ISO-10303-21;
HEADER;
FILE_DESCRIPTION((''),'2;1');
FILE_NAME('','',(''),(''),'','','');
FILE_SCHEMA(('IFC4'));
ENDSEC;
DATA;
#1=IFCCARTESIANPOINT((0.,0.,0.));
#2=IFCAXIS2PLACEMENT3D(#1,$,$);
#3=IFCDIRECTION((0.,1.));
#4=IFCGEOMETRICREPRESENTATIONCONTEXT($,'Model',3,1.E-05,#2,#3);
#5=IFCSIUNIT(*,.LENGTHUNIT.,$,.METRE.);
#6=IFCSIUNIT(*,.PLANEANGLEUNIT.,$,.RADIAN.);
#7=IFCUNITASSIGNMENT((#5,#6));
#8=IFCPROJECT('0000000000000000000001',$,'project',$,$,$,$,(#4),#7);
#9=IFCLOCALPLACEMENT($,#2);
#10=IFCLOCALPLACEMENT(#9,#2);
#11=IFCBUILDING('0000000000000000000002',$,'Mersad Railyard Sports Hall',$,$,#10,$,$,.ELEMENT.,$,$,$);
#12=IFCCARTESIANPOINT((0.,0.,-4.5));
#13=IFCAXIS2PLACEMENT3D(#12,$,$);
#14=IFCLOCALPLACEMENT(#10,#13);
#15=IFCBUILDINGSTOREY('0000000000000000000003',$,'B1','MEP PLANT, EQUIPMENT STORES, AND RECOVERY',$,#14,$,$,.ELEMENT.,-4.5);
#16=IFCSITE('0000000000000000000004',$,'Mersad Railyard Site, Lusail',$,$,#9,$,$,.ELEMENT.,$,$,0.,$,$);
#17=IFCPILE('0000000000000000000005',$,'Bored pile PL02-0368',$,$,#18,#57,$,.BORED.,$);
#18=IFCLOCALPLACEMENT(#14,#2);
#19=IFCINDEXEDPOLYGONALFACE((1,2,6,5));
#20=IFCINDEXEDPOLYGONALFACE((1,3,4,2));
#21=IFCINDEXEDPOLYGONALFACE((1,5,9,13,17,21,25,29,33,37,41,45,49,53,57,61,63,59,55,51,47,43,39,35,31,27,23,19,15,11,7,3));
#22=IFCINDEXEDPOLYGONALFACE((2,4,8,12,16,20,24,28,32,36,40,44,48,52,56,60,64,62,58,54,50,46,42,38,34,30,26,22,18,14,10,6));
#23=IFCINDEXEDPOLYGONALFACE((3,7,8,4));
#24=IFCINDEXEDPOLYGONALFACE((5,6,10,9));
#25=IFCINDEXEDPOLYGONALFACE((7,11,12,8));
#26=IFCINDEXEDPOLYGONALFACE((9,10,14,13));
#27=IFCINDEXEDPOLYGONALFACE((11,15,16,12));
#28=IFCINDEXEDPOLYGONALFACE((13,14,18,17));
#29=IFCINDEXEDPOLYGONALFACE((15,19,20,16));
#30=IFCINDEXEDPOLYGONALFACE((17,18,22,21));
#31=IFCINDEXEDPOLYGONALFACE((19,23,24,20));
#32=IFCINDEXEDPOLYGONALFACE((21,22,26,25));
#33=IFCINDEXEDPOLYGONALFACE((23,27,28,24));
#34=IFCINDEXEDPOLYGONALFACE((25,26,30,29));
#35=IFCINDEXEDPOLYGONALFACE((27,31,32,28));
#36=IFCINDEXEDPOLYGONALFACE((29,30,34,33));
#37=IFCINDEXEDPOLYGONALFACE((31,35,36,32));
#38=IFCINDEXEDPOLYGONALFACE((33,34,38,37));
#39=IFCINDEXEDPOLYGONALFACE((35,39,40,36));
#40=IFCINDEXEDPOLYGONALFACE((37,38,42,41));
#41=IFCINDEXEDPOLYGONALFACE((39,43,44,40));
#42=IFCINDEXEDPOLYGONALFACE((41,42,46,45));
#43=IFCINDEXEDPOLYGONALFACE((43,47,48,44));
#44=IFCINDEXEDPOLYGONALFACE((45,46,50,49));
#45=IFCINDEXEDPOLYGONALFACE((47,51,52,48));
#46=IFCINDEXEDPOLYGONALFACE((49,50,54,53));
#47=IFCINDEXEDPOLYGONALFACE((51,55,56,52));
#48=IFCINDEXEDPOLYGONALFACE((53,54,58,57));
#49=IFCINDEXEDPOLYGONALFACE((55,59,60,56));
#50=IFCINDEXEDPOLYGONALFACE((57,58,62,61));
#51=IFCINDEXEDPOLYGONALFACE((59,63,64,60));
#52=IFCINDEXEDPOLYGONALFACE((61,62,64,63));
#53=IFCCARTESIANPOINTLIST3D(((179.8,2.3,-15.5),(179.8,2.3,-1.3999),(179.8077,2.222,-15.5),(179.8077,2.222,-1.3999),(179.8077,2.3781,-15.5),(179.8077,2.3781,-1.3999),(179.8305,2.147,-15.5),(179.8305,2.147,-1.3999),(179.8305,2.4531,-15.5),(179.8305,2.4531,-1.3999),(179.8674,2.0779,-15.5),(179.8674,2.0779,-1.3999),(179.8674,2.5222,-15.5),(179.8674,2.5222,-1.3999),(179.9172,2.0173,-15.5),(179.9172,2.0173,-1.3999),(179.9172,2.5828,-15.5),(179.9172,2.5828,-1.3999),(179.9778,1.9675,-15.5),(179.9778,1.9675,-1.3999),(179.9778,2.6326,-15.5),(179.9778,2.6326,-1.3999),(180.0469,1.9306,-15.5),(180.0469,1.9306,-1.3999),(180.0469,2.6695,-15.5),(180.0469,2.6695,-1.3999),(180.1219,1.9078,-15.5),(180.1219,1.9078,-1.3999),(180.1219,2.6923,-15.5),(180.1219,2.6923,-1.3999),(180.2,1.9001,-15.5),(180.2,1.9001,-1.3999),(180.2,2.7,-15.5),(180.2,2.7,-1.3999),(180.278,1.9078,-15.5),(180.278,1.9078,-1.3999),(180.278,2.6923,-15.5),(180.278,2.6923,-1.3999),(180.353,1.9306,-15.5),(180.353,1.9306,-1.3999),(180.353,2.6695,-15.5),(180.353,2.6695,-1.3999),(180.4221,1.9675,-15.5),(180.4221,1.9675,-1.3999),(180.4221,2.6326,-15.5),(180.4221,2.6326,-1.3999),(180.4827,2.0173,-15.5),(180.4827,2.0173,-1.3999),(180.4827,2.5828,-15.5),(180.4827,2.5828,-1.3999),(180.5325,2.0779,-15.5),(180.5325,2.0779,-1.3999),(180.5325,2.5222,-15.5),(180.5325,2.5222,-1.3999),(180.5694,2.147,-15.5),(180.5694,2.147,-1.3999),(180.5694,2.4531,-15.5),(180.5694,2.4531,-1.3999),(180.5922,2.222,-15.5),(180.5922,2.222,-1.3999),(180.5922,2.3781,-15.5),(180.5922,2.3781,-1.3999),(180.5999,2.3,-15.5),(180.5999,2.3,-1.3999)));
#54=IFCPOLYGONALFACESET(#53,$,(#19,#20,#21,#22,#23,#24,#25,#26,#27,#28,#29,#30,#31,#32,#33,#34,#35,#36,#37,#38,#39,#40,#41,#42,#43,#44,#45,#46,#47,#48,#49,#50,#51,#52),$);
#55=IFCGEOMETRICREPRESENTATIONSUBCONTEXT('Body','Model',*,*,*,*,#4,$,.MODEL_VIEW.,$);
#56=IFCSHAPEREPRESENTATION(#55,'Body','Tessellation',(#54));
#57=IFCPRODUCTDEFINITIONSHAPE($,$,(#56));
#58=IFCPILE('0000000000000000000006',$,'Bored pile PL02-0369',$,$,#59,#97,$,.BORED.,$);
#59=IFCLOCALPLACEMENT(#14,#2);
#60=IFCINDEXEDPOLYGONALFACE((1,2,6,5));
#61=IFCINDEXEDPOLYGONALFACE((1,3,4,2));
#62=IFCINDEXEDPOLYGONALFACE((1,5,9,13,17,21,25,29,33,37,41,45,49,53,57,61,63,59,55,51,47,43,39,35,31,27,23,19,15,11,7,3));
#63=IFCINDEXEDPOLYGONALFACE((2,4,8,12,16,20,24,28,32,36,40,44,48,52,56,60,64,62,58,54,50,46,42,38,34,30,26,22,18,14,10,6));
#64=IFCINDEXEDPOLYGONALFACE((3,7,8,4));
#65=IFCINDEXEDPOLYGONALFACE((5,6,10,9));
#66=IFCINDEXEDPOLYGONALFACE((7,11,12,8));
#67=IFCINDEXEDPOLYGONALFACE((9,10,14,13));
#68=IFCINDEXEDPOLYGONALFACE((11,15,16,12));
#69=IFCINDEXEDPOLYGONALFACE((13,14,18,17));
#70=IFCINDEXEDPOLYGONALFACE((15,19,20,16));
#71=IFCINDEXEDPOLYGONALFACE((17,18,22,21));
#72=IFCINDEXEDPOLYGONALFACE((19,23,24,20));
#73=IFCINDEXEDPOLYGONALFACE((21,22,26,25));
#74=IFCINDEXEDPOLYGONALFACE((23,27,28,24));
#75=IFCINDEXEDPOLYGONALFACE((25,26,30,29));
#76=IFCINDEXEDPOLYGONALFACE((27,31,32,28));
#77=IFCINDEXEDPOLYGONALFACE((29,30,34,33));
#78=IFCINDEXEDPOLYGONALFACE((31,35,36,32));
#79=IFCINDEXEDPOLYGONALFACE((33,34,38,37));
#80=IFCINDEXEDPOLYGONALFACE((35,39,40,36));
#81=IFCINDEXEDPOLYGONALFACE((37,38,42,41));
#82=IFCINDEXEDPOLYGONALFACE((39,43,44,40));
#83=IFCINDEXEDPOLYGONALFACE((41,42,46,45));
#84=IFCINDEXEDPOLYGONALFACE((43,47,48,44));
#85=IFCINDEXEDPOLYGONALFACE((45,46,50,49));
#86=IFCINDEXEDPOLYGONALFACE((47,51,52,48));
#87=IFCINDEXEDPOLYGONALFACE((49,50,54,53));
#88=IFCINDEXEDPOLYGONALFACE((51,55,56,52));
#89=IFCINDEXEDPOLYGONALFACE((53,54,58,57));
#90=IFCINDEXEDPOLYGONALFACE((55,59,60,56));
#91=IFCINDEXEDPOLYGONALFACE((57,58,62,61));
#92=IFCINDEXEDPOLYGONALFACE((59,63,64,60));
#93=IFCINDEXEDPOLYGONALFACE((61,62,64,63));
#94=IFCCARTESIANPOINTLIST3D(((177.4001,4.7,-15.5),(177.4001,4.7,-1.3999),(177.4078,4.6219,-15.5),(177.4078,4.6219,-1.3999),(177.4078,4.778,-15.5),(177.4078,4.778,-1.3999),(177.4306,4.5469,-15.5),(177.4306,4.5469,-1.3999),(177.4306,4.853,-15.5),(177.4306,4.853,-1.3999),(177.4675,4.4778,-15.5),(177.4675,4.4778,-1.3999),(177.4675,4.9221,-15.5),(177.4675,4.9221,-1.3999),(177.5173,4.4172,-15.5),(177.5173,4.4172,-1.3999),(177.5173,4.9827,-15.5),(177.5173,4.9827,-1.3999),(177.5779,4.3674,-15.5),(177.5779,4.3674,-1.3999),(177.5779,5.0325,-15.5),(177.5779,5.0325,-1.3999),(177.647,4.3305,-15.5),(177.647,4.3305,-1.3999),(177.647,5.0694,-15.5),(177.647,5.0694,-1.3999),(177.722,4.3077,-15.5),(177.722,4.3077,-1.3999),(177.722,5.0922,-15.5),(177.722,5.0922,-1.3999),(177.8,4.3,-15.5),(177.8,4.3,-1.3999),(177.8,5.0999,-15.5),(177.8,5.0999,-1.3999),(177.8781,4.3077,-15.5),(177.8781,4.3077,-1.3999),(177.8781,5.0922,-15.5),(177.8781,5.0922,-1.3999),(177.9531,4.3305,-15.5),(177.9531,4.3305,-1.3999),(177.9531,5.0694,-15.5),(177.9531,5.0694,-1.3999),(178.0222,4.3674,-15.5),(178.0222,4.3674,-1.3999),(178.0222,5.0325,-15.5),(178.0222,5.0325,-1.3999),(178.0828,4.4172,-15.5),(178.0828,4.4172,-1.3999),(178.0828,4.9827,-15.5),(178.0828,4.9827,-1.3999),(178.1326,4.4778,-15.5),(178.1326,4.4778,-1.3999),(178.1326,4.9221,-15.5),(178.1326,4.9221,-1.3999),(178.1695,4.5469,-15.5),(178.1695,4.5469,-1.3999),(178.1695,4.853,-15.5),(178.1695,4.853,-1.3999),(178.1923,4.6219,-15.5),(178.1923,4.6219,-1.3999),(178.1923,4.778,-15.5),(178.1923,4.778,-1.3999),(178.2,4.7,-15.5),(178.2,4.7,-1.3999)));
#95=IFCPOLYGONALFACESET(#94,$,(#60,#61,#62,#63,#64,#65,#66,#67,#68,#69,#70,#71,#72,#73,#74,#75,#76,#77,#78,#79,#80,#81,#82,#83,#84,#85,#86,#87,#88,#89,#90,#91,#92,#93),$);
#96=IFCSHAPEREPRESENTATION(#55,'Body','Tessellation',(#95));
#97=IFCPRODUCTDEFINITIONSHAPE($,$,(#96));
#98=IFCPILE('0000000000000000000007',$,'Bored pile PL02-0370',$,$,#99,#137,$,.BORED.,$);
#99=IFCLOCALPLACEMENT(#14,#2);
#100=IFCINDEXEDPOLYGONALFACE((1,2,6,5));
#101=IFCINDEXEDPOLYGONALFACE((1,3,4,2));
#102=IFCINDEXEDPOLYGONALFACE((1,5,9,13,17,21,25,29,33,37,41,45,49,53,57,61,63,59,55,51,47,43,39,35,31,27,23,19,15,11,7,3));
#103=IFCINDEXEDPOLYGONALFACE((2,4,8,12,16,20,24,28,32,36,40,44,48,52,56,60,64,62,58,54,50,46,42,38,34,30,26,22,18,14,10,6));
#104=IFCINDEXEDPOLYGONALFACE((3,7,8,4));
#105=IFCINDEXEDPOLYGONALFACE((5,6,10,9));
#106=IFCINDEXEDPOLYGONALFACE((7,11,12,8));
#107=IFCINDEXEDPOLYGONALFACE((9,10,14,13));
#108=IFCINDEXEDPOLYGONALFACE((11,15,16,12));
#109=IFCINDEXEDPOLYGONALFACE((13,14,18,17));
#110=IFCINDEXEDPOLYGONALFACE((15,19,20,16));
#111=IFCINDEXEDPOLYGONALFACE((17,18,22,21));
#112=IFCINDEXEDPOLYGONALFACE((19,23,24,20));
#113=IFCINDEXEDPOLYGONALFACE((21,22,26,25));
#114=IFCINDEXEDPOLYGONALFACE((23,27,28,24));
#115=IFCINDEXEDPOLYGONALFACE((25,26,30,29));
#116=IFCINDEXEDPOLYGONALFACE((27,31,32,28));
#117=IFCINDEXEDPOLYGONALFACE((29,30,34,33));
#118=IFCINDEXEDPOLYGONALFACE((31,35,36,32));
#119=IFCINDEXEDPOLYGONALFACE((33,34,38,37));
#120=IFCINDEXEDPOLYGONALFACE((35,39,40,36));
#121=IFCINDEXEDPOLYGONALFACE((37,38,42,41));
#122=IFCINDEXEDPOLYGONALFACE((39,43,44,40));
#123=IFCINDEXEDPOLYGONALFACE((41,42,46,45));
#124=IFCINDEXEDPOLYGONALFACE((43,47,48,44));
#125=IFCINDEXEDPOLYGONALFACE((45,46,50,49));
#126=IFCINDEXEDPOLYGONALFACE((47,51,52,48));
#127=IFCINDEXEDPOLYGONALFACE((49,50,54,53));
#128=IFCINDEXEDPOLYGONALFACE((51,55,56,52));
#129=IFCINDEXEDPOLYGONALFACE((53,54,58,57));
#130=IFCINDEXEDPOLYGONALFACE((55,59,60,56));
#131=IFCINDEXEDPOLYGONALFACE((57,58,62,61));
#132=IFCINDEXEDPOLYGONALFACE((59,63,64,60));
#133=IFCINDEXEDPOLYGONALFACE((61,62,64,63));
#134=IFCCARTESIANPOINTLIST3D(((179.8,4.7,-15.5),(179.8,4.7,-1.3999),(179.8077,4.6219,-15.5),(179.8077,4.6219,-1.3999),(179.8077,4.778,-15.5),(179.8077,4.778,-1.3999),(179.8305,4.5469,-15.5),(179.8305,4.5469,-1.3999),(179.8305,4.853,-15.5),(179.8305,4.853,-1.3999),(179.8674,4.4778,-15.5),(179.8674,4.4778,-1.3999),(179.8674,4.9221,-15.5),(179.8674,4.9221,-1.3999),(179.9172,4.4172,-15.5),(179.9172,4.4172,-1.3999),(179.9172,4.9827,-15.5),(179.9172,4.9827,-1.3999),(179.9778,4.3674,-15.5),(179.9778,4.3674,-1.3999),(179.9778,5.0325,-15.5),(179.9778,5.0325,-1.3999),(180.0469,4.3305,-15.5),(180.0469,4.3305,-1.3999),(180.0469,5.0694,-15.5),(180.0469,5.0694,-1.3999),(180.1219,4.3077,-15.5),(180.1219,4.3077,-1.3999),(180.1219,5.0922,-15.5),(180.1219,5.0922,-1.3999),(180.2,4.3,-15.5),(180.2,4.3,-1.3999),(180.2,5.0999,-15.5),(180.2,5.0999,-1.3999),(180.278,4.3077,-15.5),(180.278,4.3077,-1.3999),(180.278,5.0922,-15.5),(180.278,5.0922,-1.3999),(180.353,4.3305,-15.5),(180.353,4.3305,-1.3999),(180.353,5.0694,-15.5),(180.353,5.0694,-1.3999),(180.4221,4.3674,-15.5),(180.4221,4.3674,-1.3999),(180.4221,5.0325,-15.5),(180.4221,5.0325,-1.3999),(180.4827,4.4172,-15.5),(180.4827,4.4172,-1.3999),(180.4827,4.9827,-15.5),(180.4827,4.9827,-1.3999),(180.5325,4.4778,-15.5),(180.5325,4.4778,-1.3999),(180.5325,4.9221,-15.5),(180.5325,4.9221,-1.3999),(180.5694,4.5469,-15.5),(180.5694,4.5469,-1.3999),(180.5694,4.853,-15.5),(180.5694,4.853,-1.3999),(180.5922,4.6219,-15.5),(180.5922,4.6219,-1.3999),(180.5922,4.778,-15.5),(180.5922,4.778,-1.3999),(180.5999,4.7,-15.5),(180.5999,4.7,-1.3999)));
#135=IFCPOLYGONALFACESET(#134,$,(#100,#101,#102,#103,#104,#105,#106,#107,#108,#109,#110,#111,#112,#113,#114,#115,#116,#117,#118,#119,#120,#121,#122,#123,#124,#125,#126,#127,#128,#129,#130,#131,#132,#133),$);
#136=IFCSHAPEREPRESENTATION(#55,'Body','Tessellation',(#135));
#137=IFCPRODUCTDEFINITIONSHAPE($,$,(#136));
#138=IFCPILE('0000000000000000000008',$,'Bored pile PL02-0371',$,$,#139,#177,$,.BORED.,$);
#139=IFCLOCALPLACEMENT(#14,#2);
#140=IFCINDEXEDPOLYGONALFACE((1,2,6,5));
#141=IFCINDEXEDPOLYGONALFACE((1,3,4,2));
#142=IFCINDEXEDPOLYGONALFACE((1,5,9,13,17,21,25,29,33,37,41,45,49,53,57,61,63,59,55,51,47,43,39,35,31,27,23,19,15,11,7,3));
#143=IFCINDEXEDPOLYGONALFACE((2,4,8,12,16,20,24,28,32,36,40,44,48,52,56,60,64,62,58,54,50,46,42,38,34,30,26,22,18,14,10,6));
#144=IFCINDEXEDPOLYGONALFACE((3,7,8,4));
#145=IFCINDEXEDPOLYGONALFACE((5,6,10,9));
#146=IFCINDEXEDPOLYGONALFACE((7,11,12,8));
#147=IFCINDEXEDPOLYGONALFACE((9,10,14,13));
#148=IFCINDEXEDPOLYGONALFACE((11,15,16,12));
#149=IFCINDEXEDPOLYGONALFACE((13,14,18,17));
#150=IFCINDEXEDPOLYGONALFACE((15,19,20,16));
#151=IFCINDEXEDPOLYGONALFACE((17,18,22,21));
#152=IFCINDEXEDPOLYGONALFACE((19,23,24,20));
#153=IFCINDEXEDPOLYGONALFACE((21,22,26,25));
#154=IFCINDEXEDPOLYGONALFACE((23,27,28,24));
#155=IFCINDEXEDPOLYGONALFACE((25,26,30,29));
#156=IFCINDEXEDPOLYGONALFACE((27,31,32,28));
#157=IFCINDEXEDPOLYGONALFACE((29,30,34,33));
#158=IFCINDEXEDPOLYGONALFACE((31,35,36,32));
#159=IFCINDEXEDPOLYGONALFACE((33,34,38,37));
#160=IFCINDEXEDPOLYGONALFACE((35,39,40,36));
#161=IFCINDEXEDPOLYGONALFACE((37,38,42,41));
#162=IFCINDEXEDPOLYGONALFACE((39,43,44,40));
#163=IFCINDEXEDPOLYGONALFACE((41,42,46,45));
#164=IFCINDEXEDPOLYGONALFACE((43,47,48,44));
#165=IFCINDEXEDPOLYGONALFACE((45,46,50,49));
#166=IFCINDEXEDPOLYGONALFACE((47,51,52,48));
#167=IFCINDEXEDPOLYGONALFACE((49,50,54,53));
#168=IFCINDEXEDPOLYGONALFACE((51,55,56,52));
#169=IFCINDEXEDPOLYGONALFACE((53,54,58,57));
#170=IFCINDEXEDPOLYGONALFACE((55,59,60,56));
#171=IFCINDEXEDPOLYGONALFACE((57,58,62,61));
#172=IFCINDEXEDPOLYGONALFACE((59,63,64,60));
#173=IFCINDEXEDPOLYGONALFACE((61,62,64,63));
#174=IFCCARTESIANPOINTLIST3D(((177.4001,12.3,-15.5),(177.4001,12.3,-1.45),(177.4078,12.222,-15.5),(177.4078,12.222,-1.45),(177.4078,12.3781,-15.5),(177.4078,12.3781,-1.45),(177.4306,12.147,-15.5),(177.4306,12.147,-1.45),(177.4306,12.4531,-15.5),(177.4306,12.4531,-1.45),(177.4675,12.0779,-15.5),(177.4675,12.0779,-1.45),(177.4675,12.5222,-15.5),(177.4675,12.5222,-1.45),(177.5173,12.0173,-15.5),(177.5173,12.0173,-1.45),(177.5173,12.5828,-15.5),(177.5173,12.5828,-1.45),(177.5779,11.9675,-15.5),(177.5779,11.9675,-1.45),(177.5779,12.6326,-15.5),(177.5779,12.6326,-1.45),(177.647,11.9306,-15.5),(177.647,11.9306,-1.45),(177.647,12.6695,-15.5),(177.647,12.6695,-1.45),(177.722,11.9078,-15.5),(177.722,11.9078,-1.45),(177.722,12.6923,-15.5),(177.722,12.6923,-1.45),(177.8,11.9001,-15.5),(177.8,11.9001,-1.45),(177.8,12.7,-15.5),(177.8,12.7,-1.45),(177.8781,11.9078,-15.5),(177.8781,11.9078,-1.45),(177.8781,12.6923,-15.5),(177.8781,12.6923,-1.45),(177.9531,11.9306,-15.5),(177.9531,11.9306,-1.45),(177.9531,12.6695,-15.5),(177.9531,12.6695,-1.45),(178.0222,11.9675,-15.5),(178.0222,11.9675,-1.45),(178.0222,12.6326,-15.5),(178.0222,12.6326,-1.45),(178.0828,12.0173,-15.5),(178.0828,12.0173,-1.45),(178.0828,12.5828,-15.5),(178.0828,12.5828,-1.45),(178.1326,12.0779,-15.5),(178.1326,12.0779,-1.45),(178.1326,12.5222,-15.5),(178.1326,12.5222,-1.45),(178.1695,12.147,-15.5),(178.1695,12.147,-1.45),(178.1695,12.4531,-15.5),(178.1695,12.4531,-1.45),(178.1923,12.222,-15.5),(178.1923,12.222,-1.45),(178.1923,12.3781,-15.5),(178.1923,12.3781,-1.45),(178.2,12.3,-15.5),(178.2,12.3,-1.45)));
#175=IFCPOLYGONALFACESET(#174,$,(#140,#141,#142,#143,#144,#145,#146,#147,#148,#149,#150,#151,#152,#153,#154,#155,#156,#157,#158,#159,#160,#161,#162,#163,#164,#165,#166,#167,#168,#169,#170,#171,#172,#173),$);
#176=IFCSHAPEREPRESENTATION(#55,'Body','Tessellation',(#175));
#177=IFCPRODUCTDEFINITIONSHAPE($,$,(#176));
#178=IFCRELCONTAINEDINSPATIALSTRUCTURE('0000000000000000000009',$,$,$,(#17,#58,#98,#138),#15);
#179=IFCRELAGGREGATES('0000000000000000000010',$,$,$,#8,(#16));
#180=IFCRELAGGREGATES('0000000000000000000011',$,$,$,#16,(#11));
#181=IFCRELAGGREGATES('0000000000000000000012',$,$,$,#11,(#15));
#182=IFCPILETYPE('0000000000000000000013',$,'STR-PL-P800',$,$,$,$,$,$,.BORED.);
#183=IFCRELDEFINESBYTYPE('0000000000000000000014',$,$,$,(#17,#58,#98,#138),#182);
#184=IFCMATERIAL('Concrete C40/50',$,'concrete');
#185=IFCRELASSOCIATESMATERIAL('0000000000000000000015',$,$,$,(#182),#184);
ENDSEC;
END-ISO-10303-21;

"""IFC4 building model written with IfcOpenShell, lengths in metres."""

from ifc_helpers import new_model, si_unit, direction, frame, origin, origin_2d, place, context, subcontext, project, spatial, circle, extrude, material, material_profile, profile_set, type_object, element, save


model = new_model("IFC4")

# Units and contexts
model_context = context("Model", 3, precision=1e-05, world=origin(), true_north=direction((0.0, 1.0)))
body_context = subcontext(model_context, "Body", "Model", "MODEL_VIEW")
ifc_project = project(units=[si_unit("LENGTHUNIT", "METRE"), si_unit("PLANEANGLEUNIT", "RADIAN")], contexts=[model_context])

# Site, building, storey
site_placement = place(None, origin())
site = spatial("IfcSite", under=ifc_project, at=site_placement, Name="Mersad Railyard Site, Lusail", CompositionType="ELEMENT", RefElevation=0.0)
building_placement = place(site_placement, origin())
building = spatial("IfcBuilding", under=site, at=building_placement, Name="Mersad Railyard Sports Hall", CompositionType="ELEMENT")
storey_placement = place(building_placement, frame((0.0, 0.0, -4.5)))
storey = spatial("IfcBuildingStorey", under=building, at=storey_placement, Name="B1", Description="MEP PLANT, EQUIPMENT STORES, AND RECOVERY", CompositionType="ELEMENT", Elevation=-4.5)

# Shared definitions
ifc_material_1 = material(Name="Concrete C40/50", Category="concrete")

# Piles
ifc_material_profile_1 = material_profile(ifc_material_1, circle(Radius=0.3999, at=origin_2d()), Name="BORED PILE D800")
ifc_profile_set_1 = profile_set([ifc_material_profile_1], Name="Concrete C40/50")
pile_type_1 = type_object("IfcPileType", Name="STR-PL-P800", PredefinedType="BORED", material=ifc_profile_set_1)
for number, where, z_axis, x_axis, name in (
    (1, (180.2, 2.3, -1.3999), (0.0, 0.0, -1.0), (1.0, 0.0, 0.0), "Bored pile PL02-0368"),
    (2, (177.8, 4.7, -1.3999), (0.0, 0.0, -1.0), (1.0, 0.0, 0.0), "Bored pile PL02-0369"),
    (3, (180.2, 4.7, -1.3999), (0.0, 0.0, -1.0), (1.0, 0.0, 0.0), "Bored pile PL02-0370"),
):
    element("IfcPile", number, at=place(storey_placement, frame(where, z_axis=z_axis, x_axis=x_axis)), inside=storey, type_object=pile_type_1, Name=name, PredefinedType="BORED", context=body_context, shape_type="SweptSolid", body=[
        extrude(circle(Radius=0.3999, at=origin_2d()), origin(), (0.0, 0.0, 1.0), 14.1001),
    ])
for number, where, z_axis, x_axis, name in (
    (4, (177.8, 12.3, -1.45), (0.0, 0.0, -1.0), (1.0, 0.0, 0.0), "Bored pile PL02-0371"),
):
    element("IfcPile", number, at=place(storey_placement, frame(where, z_axis=z_axis, x_axis=x_axis)), inside=storey, type_object=pile_type_1, Name=name, PredefinedType="BORED", context=body_context, shape_type="SweptSolid", body=[
        extrude(circle(Radius=0.3999, at=origin_2d()), origin(), (0.0, 0.0, 1.0), 14.05),
    ])

save(model, "model.ifc")
